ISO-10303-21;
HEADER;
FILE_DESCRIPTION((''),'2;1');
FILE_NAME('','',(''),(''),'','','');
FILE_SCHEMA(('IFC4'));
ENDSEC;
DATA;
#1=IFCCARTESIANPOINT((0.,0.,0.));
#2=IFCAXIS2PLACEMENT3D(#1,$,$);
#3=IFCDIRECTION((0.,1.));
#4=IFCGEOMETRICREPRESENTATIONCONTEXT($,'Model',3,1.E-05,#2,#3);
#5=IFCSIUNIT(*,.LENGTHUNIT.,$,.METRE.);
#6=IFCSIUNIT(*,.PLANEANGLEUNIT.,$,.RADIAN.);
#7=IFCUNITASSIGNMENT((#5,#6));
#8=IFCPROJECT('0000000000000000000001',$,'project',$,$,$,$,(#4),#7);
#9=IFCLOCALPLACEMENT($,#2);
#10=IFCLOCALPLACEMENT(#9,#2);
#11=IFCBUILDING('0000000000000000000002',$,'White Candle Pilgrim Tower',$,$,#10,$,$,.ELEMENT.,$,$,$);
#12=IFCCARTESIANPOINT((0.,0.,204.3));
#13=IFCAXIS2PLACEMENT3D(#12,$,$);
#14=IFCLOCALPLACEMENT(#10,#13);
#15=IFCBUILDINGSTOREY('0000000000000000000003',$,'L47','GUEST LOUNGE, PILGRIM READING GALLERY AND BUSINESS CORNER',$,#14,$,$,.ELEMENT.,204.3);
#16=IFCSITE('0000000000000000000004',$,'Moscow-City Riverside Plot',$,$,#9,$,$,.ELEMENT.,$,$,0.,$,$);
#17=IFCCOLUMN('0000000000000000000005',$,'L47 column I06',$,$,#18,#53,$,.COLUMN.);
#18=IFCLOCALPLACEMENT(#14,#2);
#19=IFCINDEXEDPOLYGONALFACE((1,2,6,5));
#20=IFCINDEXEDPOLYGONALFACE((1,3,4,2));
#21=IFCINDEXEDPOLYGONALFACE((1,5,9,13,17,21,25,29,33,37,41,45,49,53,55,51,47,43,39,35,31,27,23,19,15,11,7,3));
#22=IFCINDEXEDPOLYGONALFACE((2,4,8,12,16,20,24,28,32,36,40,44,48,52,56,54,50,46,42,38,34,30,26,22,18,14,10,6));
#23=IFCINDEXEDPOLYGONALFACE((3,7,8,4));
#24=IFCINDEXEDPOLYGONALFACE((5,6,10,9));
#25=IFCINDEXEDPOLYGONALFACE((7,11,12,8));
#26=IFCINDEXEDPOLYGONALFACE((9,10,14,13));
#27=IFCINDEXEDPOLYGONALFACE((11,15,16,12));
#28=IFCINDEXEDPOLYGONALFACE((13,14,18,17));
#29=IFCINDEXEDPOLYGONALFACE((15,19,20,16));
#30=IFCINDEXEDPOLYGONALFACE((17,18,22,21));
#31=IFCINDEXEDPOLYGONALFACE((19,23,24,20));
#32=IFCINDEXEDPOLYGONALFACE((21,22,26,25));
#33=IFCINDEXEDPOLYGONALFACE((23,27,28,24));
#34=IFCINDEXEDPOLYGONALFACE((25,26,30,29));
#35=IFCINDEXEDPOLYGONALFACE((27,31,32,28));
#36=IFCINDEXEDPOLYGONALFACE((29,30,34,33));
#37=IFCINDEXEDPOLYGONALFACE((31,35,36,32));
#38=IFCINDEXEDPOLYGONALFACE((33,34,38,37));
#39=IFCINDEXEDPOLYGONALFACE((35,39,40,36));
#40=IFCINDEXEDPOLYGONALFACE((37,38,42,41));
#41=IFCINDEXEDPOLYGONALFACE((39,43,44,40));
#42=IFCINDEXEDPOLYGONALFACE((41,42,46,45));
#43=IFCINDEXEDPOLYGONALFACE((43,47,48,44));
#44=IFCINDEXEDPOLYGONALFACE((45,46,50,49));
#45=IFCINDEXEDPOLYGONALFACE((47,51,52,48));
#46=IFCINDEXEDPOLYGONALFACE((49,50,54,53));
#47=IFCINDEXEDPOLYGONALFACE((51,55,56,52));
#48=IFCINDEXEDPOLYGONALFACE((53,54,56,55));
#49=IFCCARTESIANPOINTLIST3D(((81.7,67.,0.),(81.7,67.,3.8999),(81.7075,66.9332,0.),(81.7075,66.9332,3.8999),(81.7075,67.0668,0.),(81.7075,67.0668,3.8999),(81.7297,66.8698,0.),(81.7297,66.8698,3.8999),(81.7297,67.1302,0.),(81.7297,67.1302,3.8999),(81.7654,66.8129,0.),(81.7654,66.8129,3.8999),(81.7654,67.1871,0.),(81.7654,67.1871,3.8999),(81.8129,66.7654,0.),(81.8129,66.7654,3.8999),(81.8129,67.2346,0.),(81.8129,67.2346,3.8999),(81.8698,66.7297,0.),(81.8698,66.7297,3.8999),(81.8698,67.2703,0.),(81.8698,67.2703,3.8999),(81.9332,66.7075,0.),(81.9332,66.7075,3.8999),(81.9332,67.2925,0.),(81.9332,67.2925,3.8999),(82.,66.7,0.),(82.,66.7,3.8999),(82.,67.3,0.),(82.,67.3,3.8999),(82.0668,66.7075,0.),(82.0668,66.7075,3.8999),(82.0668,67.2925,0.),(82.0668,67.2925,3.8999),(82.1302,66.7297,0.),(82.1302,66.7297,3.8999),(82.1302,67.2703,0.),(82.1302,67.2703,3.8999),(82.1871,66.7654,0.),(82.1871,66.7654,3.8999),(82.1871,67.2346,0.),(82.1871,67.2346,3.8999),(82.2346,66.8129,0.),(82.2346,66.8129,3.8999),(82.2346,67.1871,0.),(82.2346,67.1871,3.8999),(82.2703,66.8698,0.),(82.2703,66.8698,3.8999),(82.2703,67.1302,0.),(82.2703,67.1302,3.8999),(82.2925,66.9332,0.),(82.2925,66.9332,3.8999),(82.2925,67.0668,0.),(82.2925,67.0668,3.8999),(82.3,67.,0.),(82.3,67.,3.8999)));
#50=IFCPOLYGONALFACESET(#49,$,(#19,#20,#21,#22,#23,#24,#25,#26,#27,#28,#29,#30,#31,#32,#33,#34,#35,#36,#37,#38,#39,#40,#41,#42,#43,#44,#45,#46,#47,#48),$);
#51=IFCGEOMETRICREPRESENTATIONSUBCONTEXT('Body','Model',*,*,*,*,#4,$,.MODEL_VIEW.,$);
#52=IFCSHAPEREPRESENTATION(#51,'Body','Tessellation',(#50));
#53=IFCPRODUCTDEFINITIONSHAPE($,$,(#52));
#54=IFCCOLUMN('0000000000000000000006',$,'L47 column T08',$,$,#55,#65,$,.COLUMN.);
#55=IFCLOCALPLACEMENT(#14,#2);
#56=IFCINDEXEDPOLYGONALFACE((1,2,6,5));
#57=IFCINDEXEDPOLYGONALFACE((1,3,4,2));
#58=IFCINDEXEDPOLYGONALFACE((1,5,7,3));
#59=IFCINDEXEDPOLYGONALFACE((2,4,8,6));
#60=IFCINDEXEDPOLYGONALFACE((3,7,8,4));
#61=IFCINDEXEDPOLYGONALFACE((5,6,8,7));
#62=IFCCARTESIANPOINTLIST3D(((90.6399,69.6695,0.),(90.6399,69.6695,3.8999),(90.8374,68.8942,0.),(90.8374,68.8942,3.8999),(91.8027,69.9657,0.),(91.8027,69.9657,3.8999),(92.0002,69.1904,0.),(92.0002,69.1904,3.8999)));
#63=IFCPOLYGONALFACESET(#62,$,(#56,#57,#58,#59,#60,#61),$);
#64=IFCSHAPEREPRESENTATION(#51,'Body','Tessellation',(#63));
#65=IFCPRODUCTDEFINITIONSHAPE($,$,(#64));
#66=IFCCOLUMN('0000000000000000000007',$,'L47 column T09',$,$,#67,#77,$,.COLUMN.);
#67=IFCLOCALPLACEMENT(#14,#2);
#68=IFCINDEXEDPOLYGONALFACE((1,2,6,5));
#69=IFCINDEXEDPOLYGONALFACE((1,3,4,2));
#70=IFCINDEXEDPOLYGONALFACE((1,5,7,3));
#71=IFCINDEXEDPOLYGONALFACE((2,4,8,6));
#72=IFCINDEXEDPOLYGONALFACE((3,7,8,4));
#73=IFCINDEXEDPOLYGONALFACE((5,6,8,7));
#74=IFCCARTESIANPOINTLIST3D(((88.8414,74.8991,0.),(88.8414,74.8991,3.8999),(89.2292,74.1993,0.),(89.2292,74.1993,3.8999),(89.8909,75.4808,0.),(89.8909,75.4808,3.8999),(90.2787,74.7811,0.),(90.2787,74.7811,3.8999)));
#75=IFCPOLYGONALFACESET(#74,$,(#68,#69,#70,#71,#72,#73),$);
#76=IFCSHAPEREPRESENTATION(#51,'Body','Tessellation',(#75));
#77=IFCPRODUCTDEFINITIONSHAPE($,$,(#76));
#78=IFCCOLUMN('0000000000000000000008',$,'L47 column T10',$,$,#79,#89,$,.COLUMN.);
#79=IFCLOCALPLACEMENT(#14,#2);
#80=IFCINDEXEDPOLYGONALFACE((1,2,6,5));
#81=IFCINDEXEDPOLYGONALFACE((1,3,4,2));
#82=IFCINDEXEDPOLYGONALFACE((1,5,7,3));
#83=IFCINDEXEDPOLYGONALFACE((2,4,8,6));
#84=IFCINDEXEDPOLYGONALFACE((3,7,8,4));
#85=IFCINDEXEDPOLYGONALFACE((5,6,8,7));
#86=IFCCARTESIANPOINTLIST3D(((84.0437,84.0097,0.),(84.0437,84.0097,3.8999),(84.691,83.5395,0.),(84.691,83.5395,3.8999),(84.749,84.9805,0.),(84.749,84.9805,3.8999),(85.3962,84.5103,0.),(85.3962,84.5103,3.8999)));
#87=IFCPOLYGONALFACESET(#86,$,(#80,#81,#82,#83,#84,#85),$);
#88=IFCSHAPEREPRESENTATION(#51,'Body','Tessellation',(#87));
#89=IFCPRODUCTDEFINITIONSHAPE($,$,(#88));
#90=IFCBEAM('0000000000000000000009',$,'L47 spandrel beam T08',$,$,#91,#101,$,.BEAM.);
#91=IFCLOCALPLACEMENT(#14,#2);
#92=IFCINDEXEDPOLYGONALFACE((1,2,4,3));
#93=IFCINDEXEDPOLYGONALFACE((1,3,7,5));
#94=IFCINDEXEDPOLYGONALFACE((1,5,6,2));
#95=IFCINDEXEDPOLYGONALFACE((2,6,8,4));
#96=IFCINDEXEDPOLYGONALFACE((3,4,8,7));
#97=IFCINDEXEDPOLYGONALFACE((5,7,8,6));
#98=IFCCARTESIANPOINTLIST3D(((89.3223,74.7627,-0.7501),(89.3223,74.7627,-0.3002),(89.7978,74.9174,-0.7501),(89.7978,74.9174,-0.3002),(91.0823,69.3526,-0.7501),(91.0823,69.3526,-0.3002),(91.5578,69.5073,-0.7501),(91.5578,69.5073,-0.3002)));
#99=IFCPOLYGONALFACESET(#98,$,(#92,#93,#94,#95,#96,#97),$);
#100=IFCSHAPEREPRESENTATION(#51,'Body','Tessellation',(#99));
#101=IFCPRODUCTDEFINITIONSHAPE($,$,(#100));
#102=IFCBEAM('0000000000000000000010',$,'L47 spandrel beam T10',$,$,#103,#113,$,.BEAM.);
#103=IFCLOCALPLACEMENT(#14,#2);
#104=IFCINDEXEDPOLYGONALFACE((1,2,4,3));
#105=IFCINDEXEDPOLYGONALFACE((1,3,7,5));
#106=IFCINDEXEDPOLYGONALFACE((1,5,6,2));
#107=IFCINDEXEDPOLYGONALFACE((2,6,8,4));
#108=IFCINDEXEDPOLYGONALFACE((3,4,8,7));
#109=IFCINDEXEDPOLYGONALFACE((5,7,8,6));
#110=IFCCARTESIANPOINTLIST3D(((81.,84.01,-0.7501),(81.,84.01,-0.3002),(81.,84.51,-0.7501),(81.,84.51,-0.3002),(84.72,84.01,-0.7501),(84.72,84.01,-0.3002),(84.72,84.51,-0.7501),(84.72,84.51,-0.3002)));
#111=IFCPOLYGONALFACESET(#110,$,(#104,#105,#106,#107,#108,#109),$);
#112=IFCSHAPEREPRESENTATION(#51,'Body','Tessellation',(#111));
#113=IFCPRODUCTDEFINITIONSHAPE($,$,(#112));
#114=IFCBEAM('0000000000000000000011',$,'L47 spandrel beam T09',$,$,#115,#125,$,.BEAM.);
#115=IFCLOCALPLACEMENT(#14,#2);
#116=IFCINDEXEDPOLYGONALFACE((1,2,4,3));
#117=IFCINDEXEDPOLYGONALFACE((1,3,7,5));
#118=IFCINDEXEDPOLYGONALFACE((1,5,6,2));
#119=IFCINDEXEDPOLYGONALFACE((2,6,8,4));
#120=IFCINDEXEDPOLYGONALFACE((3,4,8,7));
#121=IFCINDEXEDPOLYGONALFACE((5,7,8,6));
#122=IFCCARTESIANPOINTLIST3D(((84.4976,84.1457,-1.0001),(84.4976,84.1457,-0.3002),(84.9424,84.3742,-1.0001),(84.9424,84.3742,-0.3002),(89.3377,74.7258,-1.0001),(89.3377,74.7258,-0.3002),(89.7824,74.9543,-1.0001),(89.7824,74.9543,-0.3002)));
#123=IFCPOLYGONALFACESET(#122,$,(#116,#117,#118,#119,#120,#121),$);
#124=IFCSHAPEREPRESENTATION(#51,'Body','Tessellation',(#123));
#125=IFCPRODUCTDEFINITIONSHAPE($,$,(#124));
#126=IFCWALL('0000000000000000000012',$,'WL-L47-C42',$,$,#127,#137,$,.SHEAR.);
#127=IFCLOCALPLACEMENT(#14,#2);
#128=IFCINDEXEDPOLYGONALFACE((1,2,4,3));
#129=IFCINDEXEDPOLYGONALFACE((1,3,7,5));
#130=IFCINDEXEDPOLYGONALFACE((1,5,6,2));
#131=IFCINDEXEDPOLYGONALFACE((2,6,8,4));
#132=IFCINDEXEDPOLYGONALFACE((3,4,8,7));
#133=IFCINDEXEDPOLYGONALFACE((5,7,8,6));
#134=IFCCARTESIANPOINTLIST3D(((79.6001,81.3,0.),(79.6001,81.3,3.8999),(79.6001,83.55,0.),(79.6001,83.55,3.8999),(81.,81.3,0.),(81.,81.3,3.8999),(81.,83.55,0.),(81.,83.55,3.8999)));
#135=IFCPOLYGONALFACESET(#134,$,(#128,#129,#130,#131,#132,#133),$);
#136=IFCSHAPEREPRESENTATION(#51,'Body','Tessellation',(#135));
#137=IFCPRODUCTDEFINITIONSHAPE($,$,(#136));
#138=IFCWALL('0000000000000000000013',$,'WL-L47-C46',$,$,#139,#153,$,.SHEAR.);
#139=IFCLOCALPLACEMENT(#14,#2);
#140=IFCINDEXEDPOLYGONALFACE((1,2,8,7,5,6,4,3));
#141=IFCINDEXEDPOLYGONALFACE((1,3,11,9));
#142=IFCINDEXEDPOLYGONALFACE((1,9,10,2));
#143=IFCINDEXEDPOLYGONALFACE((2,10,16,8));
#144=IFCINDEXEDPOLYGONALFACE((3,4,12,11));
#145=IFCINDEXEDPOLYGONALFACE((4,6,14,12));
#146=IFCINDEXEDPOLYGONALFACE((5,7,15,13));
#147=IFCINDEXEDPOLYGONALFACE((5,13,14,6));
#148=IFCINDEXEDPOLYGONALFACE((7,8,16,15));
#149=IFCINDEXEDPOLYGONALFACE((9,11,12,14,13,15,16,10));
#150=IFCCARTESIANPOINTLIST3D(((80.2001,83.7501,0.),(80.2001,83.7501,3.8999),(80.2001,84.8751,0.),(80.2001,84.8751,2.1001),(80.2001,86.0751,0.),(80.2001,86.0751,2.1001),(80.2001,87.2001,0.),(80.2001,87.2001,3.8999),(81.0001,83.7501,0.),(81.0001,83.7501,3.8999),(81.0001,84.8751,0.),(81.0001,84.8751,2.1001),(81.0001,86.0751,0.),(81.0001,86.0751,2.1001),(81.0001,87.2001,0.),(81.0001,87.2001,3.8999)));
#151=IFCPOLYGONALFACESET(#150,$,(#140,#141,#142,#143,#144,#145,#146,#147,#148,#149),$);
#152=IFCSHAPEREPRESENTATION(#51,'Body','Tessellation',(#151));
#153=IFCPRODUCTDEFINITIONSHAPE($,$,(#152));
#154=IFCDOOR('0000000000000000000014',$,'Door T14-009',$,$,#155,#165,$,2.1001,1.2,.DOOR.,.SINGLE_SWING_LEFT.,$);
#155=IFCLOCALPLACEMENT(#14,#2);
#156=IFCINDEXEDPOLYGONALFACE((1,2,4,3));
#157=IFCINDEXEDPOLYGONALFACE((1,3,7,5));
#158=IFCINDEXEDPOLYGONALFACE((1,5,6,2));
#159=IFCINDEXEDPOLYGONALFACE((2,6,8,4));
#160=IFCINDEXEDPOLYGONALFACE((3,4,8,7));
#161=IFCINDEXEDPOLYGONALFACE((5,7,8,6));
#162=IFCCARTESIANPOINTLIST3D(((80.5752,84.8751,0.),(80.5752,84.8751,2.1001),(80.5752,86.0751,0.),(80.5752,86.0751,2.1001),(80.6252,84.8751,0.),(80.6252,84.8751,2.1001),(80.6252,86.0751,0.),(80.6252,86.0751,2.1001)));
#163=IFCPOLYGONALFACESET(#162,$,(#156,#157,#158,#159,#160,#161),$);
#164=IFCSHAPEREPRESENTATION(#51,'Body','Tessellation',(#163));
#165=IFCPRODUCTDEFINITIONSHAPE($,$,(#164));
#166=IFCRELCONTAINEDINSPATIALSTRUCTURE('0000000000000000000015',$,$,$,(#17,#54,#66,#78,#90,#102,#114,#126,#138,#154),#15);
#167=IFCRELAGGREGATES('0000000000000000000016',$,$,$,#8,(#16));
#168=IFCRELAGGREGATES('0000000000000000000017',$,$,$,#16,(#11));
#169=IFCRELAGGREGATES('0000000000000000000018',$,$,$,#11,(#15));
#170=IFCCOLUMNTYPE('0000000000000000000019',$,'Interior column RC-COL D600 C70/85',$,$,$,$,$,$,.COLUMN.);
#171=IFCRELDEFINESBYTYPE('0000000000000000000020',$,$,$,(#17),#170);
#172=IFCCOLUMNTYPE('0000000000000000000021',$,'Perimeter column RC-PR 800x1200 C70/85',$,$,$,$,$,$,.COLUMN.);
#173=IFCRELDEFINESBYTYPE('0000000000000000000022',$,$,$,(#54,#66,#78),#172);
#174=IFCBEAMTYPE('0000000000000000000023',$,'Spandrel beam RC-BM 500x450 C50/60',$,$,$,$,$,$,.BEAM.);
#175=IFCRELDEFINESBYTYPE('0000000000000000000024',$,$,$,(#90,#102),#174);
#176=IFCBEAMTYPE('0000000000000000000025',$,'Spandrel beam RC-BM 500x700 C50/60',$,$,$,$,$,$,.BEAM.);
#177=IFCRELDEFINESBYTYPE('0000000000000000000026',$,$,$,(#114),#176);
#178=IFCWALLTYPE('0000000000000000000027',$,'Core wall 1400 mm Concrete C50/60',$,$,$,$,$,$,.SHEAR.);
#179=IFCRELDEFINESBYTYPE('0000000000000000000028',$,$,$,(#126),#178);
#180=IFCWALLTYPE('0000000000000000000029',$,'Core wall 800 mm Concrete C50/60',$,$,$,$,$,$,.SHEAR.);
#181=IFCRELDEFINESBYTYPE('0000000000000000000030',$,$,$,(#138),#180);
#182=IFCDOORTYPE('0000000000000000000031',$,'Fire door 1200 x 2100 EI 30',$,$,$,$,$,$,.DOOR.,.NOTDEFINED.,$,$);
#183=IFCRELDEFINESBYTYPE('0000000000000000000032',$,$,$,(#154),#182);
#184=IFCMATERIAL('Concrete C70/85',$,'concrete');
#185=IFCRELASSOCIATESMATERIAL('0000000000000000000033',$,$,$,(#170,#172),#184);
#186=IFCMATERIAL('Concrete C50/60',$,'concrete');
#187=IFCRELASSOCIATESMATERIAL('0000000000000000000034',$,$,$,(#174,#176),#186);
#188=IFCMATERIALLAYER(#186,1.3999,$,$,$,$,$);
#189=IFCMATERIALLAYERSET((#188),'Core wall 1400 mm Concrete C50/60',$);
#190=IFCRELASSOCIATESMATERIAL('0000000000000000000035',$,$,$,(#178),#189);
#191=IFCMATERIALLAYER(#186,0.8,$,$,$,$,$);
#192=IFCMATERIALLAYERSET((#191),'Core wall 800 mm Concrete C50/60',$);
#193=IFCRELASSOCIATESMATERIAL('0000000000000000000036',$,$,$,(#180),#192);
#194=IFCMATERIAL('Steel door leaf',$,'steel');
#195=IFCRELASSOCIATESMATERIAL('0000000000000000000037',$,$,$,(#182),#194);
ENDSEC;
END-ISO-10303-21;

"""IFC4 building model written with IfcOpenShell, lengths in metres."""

from ifc_helpers import new_model, si_unit, direction, frame, frame_2d, origin, origin_2d, place, context, subcontext, project, spatial, rectangle, circle, extrude, material, layer, layer_set, material_profile, profile_set, type_object, element, fill, save


model = new_model("IFC4")

# Units and contexts
model_context = context("Model", 3, precision=1e-05, world=origin(), true_north=direction((0.0, 1.0)))
body_context = subcontext(model_context, "Body", "Model", "MODEL_VIEW")
ifc_project = project(units=[si_unit("LENGTHUNIT", "METRE"), si_unit("PLANEANGLEUNIT", "RADIAN")], contexts=[model_context])

# Site, building, storey
site_placement = place(None, origin())
site = spatial("IfcSite", under=ifc_project, at=site_placement, Name="Moscow-City Riverside Plot", CompositionType="ELEMENT", RefElevation=0.0)
building_placement = place(site_placement, origin())
building = spatial("IfcBuilding", under=site, at=building_placement, Name="White Candle Pilgrim Tower", CompositionType="ELEMENT")
storey_placement = place(building_placement, frame((0.0, 0.0, 204.3)))
storey = spatial("IfcBuildingStorey", under=building, at=storey_placement, Name="L47", Description="GUEST LOUNGE, PILGRIM READING GALLERY AND BUSINESS CORNER", CompositionType="ELEMENT", Elevation=204.3)

# Columns
ifc_material_1 = material(Name="Concrete C70/85", Category="concrete")
ifc_material_profile_1 = material_profile(ifc_material_1, circle(Radius=0.3, at=origin_2d()), Name="RC-COL D600")
ifc_profile_set_1 = profile_set([ifc_material_profile_1], Name="Concrete C70/85")
column_type_1 = type_object("IfcColumnType", Name="Interior column RC-COL D600 C70/85", PredefinedType="COLUMN", material=ifc_profile_set_1)
column_placement = place(storey_placement, frame((82.0, 67.0, 0.0), z_axis=(0.0, 0.0, 1.0), x_axis=(1.0, 0.0, 0.0)))
element("IfcColumn", 1, at=column_placement, inside=storey, type_object=column_type_1, Name="L47 column I06", PredefinedType="COLUMN", context=body_context, shape_type="SweptSolid", body=[
    extrude(circle(Radius=0.3, at=origin_2d()), origin(), (0.0, 0.0, 1.0), 3.8999),
])
ifc_material_profile_2 = material_profile(ifc_material_1, rectangle(XDim=0.8, YDim=1.2, at=origin_2d()), Name="RC-PR 800x1200")
ifc_profile_set_2 = profile_set([ifc_material_profile_2], Name="Concrete C70/85")
column_type_2 = type_object("IfcColumnType", Name="Perimeter column RC-PR 800x1200 C70/85", PredefinedType="COLUMN", material=ifc_profile_set_2)
for number, where, z_axis, x_axis, name in (
    (2, (91.3201, 69.4299, 0.0), (0.0, 0.0, 1.0), (0.246881, -0.969046, 0.0), "L47 column T08"),
    (3, (89.5601, 74.8401, 0.0), (0.0, 0.0, 1.0), (0.48481, -0.87462, 0.0), "L47 column T09"),
    (4, (84.72, 84.26, 0.0), (0.0, 0.0, 1.0), (0.809027, -0.587771, 0.0), "L47 column T10"),
):
    element("IfcColumn", number, at=place(storey_placement, frame(where, z_axis=z_axis, x_axis=x_axis)), inside=storey, type_object=column_type_2, Name=name, PredefinedType="COLUMN", context=body_context, shape_type="SweptSolid", body=[
        extrude(rectangle(XDim=0.8, YDim=1.2, at=origin_2d()), origin(), (0.0, 0.0, 1.0), 3.8999),
    ])

# Beams
ifc_material_2 = material(Name="Concrete C50/60", Category="concrete")
ifc_material_profile_3 = material_profile(ifc_material_2, rectangle(XDim=0.5, YDim=0.45, at=origin_2d()), Name="RC-BM 500x450")
ifc_profile_set_3 = profile_set([ifc_material_profile_3], Name="Concrete C50/60")
beam_type_1 = type_object("IfcBeamType", Name="Spandrel beam RC-BM 500x450 C50/60", PredefinedType="BEAM", material=ifc_profile_set_3)
beam_1_placement = place(storey_placement, frame((91.3201, 69.4299, -0.5251), z_axis=(-0.309358, 0.950946, 0.0), x_axis=(-0.950946, -0.309358, 0.0)))
element("IfcBeam", 5, at=beam_1_placement, inside=storey, type_object=beam_type_1, Name="L47 spandrel beam T08", PredefinedType="BEAM", context=body_context, shape_type="SweptSolid", body=[
    extrude(rectangle(XDim=0.5, YDim=0.45, at=origin_2d()), origin(), (0.0, 0.0, 1.0), 5.6892),
])
beam_2_placement = place(storey_placement, frame((84.72, 84.26, -0.5251), z_axis=(-1.0, 0.0, 0.0), x_axis=(0.0, -1.0, 0.0)))
element("IfcBeam", 6, at=beam_2_placement, inside=storey, type_object=beam_type_1, Name="L47 spandrel beam T10", PredefinedType="BEAM", context=body_context, shape_type="SweptSolid", body=[
    extrude(rectangle(XDim=0.5, YDim=0.45, at=origin_2d()), origin(), (0.0, 0.0, 1.0), 3.72),
])
ifc_material_profile_4 = material_profile(ifc_material_2, rectangle(XDim=0.5, YDim=0.7, at=origin_2d()), Name="RC-BM 500x700")
ifc_profile_set_4 = profile_set([ifc_material_profile_4], Name="Concrete C50/60")
beam_type_2 = type_object("IfcBeamType", Name="Spandrel beam RC-BM 500x700 C50/60", PredefinedType="BEAM", material=ifc_profile_set_4)
beam_3_placement = place(storey_placement, frame((89.5601, 74.8401, -0.6501), z_axis=(-0.457016, 0.889458, 0.0), x_axis=(-0.889458, -0.457016, 0.0)))
element("IfcBeam", 7, at=beam_3_placement, inside=storey, type_object=beam_type_2, Name="L47 spandrel beam T09", PredefinedType="BEAM", context=body_context, shape_type="SweptSolid", body=[
    extrude(rectangle(XDim=0.5, YDim=0.7, at=origin_2d()), origin(), (0.0, 0.0, 1.0), 10.5906),
])

# Wall
ifc_layer_1 = layer(ifc_material_2, 1.3999)
ifc_layer_set_1 = layer_set([ifc_layer_1], Name="Core wall 1400 mm Concrete C50/60")
wall_type_1 = type_object("IfcWallType", Name="Core wall 1400 mm Concrete C50/60", PredefinedType="SHEAR", material=ifc_layer_set_1)
wall_1_placement = place(storey_placement, frame((80.3, 81.3, 0.0), z_axis=(0.0, 0.0, 1.0), x_axis=(0.0, 1.0, 0.0)))
element("IfcWall", 8, at=wall_1_placement, inside=storey, type_object=wall_type_1, Name="WL-L47-C42", PredefinedType="SHEAR", context=body_context, shape_type="SweptSolid", body=[
    extrude(rectangle(XDim=2.25, YDim=1.3999, at=frame_2d((1.125, 0.0))), origin(), (0.0, 0.0, 1.0), 3.8999),
])

# Wall, opening, door
ifc_layer_2 = layer(ifc_material_2, 0.8)
ifc_layer_set_2 = layer_set([ifc_layer_2], Name="Core wall 800 mm Concrete C50/60")
wall_type_2 = type_object("IfcWallType", Name="Core wall 800 mm Concrete C50/60", PredefinedType="SHEAR", material=ifc_layer_set_2)
wall_2_placement = place(storey_placement, frame((80.6001, 83.75, 0.0), z_axis=(0.0, 0.0, 1.0), x_axis=(0.0, 1.0, 0.0)))
wall_2 = element("IfcWall", 9, at=wall_2_placement, inside=storey, type_object=wall_type_2, Name="WL-L47-C46", PredefinedType="SHEAR", context=body_context, shape_type="SweptSolid", body=[
    extrude(rectangle(XDim=3.45, YDim=0.8, at=frame_2d((1.7251, 0.0))), origin(), (0.0, 0.0, 1.0), 3.8999),
])
opening_1_placement = place(wall_2_placement, frame((1.125, 0.0, 0.0)))
opening_1 = element("IfcOpeningElement", 10, at=opening_1_placement, cuts=wall_2, PredefinedType="OPENING", context=body_context, shape_type="SweptSolid", body=[
    extrude(rectangle(XDim=1.2, YDim=2.1001, at=frame_2d((0.6001, 1.05))), frame((0.0, 0.4099, 0.0), z_axis=(0.0, -1.0, 0.0), x_axis=(1.0, 0.0, 0.0)), (0.0, 0.0, 1.0), 0.8201),
])
ifc_material_3 = material(Name="Steel door leaf", Category="steel")
door_type_1 = type_object("IfcDoorType", Name="Fire door 1200 x 2100 EI 30", OperationType="NOTDEFINED", PredefinedType="DOOR", material=ifc_material_3)
door_1_placement = place(opening_1_placement, origin())
door_1 = element("IfcDoor", 11, at=door_1_placement, inside=storey, type_object=door_type_1, Name="Door T14-009", OperationType="SINGLE_SWING_LEFT", OverallHeight=2.1001, OverallWidth=1.2, PredefinedType="DOOR", context=body_context, shape_type="SweptSolid", body=[
    extrude(rectangle(XDim=1.2, YDim=2.1001, at=frame_2d((0.6001, 1.05))), frame((0.0, 0.0249, 0.0), z_axis=(0.0, -1.0, 0.0), x_axis=(1.0, 0.0, 0.0)), (0.0, 0.0, 1.0), 0.05),
])
fill(opening_1, door_1)

save(model, "model.ifc")
